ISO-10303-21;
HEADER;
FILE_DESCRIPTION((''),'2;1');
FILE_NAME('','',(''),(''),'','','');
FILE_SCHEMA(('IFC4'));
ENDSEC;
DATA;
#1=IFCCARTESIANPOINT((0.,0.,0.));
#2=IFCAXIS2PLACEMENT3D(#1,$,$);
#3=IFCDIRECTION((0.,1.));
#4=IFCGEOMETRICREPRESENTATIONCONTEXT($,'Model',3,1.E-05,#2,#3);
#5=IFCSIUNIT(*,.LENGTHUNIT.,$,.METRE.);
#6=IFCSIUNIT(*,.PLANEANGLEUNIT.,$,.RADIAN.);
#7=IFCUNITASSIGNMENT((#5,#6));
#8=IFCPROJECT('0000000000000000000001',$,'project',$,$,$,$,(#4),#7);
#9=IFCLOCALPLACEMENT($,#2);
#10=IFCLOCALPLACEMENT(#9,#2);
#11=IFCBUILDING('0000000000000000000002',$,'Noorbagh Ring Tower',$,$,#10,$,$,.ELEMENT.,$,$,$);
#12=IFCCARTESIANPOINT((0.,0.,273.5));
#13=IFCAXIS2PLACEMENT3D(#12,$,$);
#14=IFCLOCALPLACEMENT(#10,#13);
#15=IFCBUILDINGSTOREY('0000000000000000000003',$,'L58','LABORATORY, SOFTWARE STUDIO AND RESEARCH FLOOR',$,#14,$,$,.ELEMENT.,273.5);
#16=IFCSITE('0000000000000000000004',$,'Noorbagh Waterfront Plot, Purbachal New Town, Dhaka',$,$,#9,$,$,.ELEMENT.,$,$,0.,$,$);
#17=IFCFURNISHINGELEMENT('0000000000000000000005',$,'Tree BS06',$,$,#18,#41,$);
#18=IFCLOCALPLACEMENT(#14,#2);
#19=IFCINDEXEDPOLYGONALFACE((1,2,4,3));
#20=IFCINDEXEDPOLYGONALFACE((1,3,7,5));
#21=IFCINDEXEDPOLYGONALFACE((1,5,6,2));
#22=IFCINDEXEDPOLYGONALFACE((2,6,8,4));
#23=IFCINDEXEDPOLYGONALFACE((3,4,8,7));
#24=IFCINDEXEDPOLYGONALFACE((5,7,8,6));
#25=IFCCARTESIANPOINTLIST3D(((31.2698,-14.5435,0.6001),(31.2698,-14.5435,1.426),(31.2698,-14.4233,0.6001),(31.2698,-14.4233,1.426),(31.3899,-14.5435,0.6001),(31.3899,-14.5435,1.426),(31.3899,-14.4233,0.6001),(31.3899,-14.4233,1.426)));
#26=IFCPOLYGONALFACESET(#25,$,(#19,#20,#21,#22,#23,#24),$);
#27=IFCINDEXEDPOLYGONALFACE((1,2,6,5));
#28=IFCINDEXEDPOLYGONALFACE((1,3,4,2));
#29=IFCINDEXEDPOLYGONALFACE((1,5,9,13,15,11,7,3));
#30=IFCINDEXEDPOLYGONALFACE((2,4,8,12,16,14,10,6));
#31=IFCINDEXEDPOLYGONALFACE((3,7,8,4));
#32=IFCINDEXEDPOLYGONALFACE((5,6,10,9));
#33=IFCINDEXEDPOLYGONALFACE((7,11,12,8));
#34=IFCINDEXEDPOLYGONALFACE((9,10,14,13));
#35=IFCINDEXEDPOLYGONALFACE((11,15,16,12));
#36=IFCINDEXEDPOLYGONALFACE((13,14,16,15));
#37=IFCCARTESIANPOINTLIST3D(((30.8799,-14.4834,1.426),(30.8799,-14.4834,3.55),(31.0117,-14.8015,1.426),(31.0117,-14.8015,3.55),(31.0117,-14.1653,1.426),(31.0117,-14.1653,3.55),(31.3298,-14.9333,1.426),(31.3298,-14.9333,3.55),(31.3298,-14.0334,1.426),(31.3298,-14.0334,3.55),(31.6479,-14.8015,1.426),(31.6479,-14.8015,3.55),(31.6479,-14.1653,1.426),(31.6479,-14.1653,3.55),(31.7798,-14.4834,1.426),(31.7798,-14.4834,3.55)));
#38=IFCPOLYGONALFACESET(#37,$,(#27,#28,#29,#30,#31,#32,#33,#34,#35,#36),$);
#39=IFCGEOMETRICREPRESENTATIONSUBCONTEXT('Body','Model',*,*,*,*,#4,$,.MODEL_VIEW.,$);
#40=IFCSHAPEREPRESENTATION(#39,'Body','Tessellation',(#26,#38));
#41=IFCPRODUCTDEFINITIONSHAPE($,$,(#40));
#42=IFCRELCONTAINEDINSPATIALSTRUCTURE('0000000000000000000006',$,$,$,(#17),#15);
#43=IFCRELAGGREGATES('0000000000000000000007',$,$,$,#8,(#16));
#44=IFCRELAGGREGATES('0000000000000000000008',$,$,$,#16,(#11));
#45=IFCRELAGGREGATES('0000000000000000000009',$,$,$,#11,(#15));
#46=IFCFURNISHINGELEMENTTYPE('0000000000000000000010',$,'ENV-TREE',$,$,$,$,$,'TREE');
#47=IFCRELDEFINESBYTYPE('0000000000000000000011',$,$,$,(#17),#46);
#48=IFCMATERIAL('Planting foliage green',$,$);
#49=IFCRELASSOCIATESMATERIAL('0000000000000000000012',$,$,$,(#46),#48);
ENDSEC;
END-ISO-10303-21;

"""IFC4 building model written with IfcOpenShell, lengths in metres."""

from ifc_helpers import new_model, si_unit, direction, frame, origin, origin_2d, place, context, subcontext, project, spatial, polyline, rectangle, outline, extrude, material, type_object, element, save


model = new_model("IFC4")

# Units and contexts
model_context = context("Model", 3, precision=1e-05, world=origin(), true_north=direction((0.0, 1.0)))
body_context = subcontext(model_context, "Body", "Model", "MODEL_VIEW")
ifc_project = project(units=[si_unit("LENGTHUNIT", "METRE"), si_unit("PLANEANGLEUNIT", "RADIAN")], contexts=[model_context])

# Site, building, storey
site_placement = place(None, origin())
site = spatial("IfcSite", under=ifc_project, at=site_placement, Name="Noorbagh Waterfront Plot, Purbachal New Town, Dhaka", CompositionType="ELEMENT", RefElevation=0.0)
building_placement = place(site_placement, origin())
building = spatial("IfcBuilding", under=site, at=building_placement, Name="Noorbagh Ring Tower", CompositionType="ELEMENT")
storey_placement = place(building_placement, frame((0.0, 0.0, 273.5)))
storey = spatial("IfcBuildingStorey", under=building, at=storey_placement, Name="L58", Description="LABORATORY, SOFTWARE STUDIO AND RESEARCH FLOOR", CompositionType="ELEMENT", Elevation=273.5)

# Furnishing element
ifc_material_1 = material(Name="Planting foliage green")
furnishing_element_type = type_object("IfcFurnishingElementType", Name="ENV-TREE", ElementType="TREE", material=ifc_material_1)
furnishing_placement = place(storey_placement, frame((31.3298, -14.4834, 0.6001), z_axis=(0.0, 0.0, 1.0), x_axis=(1.0, 0.0, 0.0)))
element("IfcFurnishingElement", 1, at=furnishing_placement, inside=storey, type_object=furnishing_element_type, Name="Tree BS06", context=body_context, shape_type="SweptSolid", body=[
    extrude(rectangle(XDim=0.1201, YDim=0.1201, at=origin_2d()), origin(), (0.0, 0.0, 1.0), 0.8259),
    extrude(outline(polyline([(0.45, 0.0), (0.3181, 0.3181), (0.0, 0.45), (-0.3181, 0.3181), (-0.45, 0.0), (-0.3181, -0.3181), (0.0, -0.45), (0.3181, -0.3181), (0.45, 0.0)])), frame((0.0, 0.0, 0.8259)), (0.0, 0.0, 1.0), 2.124),
])

save(model, "model.ifc")
